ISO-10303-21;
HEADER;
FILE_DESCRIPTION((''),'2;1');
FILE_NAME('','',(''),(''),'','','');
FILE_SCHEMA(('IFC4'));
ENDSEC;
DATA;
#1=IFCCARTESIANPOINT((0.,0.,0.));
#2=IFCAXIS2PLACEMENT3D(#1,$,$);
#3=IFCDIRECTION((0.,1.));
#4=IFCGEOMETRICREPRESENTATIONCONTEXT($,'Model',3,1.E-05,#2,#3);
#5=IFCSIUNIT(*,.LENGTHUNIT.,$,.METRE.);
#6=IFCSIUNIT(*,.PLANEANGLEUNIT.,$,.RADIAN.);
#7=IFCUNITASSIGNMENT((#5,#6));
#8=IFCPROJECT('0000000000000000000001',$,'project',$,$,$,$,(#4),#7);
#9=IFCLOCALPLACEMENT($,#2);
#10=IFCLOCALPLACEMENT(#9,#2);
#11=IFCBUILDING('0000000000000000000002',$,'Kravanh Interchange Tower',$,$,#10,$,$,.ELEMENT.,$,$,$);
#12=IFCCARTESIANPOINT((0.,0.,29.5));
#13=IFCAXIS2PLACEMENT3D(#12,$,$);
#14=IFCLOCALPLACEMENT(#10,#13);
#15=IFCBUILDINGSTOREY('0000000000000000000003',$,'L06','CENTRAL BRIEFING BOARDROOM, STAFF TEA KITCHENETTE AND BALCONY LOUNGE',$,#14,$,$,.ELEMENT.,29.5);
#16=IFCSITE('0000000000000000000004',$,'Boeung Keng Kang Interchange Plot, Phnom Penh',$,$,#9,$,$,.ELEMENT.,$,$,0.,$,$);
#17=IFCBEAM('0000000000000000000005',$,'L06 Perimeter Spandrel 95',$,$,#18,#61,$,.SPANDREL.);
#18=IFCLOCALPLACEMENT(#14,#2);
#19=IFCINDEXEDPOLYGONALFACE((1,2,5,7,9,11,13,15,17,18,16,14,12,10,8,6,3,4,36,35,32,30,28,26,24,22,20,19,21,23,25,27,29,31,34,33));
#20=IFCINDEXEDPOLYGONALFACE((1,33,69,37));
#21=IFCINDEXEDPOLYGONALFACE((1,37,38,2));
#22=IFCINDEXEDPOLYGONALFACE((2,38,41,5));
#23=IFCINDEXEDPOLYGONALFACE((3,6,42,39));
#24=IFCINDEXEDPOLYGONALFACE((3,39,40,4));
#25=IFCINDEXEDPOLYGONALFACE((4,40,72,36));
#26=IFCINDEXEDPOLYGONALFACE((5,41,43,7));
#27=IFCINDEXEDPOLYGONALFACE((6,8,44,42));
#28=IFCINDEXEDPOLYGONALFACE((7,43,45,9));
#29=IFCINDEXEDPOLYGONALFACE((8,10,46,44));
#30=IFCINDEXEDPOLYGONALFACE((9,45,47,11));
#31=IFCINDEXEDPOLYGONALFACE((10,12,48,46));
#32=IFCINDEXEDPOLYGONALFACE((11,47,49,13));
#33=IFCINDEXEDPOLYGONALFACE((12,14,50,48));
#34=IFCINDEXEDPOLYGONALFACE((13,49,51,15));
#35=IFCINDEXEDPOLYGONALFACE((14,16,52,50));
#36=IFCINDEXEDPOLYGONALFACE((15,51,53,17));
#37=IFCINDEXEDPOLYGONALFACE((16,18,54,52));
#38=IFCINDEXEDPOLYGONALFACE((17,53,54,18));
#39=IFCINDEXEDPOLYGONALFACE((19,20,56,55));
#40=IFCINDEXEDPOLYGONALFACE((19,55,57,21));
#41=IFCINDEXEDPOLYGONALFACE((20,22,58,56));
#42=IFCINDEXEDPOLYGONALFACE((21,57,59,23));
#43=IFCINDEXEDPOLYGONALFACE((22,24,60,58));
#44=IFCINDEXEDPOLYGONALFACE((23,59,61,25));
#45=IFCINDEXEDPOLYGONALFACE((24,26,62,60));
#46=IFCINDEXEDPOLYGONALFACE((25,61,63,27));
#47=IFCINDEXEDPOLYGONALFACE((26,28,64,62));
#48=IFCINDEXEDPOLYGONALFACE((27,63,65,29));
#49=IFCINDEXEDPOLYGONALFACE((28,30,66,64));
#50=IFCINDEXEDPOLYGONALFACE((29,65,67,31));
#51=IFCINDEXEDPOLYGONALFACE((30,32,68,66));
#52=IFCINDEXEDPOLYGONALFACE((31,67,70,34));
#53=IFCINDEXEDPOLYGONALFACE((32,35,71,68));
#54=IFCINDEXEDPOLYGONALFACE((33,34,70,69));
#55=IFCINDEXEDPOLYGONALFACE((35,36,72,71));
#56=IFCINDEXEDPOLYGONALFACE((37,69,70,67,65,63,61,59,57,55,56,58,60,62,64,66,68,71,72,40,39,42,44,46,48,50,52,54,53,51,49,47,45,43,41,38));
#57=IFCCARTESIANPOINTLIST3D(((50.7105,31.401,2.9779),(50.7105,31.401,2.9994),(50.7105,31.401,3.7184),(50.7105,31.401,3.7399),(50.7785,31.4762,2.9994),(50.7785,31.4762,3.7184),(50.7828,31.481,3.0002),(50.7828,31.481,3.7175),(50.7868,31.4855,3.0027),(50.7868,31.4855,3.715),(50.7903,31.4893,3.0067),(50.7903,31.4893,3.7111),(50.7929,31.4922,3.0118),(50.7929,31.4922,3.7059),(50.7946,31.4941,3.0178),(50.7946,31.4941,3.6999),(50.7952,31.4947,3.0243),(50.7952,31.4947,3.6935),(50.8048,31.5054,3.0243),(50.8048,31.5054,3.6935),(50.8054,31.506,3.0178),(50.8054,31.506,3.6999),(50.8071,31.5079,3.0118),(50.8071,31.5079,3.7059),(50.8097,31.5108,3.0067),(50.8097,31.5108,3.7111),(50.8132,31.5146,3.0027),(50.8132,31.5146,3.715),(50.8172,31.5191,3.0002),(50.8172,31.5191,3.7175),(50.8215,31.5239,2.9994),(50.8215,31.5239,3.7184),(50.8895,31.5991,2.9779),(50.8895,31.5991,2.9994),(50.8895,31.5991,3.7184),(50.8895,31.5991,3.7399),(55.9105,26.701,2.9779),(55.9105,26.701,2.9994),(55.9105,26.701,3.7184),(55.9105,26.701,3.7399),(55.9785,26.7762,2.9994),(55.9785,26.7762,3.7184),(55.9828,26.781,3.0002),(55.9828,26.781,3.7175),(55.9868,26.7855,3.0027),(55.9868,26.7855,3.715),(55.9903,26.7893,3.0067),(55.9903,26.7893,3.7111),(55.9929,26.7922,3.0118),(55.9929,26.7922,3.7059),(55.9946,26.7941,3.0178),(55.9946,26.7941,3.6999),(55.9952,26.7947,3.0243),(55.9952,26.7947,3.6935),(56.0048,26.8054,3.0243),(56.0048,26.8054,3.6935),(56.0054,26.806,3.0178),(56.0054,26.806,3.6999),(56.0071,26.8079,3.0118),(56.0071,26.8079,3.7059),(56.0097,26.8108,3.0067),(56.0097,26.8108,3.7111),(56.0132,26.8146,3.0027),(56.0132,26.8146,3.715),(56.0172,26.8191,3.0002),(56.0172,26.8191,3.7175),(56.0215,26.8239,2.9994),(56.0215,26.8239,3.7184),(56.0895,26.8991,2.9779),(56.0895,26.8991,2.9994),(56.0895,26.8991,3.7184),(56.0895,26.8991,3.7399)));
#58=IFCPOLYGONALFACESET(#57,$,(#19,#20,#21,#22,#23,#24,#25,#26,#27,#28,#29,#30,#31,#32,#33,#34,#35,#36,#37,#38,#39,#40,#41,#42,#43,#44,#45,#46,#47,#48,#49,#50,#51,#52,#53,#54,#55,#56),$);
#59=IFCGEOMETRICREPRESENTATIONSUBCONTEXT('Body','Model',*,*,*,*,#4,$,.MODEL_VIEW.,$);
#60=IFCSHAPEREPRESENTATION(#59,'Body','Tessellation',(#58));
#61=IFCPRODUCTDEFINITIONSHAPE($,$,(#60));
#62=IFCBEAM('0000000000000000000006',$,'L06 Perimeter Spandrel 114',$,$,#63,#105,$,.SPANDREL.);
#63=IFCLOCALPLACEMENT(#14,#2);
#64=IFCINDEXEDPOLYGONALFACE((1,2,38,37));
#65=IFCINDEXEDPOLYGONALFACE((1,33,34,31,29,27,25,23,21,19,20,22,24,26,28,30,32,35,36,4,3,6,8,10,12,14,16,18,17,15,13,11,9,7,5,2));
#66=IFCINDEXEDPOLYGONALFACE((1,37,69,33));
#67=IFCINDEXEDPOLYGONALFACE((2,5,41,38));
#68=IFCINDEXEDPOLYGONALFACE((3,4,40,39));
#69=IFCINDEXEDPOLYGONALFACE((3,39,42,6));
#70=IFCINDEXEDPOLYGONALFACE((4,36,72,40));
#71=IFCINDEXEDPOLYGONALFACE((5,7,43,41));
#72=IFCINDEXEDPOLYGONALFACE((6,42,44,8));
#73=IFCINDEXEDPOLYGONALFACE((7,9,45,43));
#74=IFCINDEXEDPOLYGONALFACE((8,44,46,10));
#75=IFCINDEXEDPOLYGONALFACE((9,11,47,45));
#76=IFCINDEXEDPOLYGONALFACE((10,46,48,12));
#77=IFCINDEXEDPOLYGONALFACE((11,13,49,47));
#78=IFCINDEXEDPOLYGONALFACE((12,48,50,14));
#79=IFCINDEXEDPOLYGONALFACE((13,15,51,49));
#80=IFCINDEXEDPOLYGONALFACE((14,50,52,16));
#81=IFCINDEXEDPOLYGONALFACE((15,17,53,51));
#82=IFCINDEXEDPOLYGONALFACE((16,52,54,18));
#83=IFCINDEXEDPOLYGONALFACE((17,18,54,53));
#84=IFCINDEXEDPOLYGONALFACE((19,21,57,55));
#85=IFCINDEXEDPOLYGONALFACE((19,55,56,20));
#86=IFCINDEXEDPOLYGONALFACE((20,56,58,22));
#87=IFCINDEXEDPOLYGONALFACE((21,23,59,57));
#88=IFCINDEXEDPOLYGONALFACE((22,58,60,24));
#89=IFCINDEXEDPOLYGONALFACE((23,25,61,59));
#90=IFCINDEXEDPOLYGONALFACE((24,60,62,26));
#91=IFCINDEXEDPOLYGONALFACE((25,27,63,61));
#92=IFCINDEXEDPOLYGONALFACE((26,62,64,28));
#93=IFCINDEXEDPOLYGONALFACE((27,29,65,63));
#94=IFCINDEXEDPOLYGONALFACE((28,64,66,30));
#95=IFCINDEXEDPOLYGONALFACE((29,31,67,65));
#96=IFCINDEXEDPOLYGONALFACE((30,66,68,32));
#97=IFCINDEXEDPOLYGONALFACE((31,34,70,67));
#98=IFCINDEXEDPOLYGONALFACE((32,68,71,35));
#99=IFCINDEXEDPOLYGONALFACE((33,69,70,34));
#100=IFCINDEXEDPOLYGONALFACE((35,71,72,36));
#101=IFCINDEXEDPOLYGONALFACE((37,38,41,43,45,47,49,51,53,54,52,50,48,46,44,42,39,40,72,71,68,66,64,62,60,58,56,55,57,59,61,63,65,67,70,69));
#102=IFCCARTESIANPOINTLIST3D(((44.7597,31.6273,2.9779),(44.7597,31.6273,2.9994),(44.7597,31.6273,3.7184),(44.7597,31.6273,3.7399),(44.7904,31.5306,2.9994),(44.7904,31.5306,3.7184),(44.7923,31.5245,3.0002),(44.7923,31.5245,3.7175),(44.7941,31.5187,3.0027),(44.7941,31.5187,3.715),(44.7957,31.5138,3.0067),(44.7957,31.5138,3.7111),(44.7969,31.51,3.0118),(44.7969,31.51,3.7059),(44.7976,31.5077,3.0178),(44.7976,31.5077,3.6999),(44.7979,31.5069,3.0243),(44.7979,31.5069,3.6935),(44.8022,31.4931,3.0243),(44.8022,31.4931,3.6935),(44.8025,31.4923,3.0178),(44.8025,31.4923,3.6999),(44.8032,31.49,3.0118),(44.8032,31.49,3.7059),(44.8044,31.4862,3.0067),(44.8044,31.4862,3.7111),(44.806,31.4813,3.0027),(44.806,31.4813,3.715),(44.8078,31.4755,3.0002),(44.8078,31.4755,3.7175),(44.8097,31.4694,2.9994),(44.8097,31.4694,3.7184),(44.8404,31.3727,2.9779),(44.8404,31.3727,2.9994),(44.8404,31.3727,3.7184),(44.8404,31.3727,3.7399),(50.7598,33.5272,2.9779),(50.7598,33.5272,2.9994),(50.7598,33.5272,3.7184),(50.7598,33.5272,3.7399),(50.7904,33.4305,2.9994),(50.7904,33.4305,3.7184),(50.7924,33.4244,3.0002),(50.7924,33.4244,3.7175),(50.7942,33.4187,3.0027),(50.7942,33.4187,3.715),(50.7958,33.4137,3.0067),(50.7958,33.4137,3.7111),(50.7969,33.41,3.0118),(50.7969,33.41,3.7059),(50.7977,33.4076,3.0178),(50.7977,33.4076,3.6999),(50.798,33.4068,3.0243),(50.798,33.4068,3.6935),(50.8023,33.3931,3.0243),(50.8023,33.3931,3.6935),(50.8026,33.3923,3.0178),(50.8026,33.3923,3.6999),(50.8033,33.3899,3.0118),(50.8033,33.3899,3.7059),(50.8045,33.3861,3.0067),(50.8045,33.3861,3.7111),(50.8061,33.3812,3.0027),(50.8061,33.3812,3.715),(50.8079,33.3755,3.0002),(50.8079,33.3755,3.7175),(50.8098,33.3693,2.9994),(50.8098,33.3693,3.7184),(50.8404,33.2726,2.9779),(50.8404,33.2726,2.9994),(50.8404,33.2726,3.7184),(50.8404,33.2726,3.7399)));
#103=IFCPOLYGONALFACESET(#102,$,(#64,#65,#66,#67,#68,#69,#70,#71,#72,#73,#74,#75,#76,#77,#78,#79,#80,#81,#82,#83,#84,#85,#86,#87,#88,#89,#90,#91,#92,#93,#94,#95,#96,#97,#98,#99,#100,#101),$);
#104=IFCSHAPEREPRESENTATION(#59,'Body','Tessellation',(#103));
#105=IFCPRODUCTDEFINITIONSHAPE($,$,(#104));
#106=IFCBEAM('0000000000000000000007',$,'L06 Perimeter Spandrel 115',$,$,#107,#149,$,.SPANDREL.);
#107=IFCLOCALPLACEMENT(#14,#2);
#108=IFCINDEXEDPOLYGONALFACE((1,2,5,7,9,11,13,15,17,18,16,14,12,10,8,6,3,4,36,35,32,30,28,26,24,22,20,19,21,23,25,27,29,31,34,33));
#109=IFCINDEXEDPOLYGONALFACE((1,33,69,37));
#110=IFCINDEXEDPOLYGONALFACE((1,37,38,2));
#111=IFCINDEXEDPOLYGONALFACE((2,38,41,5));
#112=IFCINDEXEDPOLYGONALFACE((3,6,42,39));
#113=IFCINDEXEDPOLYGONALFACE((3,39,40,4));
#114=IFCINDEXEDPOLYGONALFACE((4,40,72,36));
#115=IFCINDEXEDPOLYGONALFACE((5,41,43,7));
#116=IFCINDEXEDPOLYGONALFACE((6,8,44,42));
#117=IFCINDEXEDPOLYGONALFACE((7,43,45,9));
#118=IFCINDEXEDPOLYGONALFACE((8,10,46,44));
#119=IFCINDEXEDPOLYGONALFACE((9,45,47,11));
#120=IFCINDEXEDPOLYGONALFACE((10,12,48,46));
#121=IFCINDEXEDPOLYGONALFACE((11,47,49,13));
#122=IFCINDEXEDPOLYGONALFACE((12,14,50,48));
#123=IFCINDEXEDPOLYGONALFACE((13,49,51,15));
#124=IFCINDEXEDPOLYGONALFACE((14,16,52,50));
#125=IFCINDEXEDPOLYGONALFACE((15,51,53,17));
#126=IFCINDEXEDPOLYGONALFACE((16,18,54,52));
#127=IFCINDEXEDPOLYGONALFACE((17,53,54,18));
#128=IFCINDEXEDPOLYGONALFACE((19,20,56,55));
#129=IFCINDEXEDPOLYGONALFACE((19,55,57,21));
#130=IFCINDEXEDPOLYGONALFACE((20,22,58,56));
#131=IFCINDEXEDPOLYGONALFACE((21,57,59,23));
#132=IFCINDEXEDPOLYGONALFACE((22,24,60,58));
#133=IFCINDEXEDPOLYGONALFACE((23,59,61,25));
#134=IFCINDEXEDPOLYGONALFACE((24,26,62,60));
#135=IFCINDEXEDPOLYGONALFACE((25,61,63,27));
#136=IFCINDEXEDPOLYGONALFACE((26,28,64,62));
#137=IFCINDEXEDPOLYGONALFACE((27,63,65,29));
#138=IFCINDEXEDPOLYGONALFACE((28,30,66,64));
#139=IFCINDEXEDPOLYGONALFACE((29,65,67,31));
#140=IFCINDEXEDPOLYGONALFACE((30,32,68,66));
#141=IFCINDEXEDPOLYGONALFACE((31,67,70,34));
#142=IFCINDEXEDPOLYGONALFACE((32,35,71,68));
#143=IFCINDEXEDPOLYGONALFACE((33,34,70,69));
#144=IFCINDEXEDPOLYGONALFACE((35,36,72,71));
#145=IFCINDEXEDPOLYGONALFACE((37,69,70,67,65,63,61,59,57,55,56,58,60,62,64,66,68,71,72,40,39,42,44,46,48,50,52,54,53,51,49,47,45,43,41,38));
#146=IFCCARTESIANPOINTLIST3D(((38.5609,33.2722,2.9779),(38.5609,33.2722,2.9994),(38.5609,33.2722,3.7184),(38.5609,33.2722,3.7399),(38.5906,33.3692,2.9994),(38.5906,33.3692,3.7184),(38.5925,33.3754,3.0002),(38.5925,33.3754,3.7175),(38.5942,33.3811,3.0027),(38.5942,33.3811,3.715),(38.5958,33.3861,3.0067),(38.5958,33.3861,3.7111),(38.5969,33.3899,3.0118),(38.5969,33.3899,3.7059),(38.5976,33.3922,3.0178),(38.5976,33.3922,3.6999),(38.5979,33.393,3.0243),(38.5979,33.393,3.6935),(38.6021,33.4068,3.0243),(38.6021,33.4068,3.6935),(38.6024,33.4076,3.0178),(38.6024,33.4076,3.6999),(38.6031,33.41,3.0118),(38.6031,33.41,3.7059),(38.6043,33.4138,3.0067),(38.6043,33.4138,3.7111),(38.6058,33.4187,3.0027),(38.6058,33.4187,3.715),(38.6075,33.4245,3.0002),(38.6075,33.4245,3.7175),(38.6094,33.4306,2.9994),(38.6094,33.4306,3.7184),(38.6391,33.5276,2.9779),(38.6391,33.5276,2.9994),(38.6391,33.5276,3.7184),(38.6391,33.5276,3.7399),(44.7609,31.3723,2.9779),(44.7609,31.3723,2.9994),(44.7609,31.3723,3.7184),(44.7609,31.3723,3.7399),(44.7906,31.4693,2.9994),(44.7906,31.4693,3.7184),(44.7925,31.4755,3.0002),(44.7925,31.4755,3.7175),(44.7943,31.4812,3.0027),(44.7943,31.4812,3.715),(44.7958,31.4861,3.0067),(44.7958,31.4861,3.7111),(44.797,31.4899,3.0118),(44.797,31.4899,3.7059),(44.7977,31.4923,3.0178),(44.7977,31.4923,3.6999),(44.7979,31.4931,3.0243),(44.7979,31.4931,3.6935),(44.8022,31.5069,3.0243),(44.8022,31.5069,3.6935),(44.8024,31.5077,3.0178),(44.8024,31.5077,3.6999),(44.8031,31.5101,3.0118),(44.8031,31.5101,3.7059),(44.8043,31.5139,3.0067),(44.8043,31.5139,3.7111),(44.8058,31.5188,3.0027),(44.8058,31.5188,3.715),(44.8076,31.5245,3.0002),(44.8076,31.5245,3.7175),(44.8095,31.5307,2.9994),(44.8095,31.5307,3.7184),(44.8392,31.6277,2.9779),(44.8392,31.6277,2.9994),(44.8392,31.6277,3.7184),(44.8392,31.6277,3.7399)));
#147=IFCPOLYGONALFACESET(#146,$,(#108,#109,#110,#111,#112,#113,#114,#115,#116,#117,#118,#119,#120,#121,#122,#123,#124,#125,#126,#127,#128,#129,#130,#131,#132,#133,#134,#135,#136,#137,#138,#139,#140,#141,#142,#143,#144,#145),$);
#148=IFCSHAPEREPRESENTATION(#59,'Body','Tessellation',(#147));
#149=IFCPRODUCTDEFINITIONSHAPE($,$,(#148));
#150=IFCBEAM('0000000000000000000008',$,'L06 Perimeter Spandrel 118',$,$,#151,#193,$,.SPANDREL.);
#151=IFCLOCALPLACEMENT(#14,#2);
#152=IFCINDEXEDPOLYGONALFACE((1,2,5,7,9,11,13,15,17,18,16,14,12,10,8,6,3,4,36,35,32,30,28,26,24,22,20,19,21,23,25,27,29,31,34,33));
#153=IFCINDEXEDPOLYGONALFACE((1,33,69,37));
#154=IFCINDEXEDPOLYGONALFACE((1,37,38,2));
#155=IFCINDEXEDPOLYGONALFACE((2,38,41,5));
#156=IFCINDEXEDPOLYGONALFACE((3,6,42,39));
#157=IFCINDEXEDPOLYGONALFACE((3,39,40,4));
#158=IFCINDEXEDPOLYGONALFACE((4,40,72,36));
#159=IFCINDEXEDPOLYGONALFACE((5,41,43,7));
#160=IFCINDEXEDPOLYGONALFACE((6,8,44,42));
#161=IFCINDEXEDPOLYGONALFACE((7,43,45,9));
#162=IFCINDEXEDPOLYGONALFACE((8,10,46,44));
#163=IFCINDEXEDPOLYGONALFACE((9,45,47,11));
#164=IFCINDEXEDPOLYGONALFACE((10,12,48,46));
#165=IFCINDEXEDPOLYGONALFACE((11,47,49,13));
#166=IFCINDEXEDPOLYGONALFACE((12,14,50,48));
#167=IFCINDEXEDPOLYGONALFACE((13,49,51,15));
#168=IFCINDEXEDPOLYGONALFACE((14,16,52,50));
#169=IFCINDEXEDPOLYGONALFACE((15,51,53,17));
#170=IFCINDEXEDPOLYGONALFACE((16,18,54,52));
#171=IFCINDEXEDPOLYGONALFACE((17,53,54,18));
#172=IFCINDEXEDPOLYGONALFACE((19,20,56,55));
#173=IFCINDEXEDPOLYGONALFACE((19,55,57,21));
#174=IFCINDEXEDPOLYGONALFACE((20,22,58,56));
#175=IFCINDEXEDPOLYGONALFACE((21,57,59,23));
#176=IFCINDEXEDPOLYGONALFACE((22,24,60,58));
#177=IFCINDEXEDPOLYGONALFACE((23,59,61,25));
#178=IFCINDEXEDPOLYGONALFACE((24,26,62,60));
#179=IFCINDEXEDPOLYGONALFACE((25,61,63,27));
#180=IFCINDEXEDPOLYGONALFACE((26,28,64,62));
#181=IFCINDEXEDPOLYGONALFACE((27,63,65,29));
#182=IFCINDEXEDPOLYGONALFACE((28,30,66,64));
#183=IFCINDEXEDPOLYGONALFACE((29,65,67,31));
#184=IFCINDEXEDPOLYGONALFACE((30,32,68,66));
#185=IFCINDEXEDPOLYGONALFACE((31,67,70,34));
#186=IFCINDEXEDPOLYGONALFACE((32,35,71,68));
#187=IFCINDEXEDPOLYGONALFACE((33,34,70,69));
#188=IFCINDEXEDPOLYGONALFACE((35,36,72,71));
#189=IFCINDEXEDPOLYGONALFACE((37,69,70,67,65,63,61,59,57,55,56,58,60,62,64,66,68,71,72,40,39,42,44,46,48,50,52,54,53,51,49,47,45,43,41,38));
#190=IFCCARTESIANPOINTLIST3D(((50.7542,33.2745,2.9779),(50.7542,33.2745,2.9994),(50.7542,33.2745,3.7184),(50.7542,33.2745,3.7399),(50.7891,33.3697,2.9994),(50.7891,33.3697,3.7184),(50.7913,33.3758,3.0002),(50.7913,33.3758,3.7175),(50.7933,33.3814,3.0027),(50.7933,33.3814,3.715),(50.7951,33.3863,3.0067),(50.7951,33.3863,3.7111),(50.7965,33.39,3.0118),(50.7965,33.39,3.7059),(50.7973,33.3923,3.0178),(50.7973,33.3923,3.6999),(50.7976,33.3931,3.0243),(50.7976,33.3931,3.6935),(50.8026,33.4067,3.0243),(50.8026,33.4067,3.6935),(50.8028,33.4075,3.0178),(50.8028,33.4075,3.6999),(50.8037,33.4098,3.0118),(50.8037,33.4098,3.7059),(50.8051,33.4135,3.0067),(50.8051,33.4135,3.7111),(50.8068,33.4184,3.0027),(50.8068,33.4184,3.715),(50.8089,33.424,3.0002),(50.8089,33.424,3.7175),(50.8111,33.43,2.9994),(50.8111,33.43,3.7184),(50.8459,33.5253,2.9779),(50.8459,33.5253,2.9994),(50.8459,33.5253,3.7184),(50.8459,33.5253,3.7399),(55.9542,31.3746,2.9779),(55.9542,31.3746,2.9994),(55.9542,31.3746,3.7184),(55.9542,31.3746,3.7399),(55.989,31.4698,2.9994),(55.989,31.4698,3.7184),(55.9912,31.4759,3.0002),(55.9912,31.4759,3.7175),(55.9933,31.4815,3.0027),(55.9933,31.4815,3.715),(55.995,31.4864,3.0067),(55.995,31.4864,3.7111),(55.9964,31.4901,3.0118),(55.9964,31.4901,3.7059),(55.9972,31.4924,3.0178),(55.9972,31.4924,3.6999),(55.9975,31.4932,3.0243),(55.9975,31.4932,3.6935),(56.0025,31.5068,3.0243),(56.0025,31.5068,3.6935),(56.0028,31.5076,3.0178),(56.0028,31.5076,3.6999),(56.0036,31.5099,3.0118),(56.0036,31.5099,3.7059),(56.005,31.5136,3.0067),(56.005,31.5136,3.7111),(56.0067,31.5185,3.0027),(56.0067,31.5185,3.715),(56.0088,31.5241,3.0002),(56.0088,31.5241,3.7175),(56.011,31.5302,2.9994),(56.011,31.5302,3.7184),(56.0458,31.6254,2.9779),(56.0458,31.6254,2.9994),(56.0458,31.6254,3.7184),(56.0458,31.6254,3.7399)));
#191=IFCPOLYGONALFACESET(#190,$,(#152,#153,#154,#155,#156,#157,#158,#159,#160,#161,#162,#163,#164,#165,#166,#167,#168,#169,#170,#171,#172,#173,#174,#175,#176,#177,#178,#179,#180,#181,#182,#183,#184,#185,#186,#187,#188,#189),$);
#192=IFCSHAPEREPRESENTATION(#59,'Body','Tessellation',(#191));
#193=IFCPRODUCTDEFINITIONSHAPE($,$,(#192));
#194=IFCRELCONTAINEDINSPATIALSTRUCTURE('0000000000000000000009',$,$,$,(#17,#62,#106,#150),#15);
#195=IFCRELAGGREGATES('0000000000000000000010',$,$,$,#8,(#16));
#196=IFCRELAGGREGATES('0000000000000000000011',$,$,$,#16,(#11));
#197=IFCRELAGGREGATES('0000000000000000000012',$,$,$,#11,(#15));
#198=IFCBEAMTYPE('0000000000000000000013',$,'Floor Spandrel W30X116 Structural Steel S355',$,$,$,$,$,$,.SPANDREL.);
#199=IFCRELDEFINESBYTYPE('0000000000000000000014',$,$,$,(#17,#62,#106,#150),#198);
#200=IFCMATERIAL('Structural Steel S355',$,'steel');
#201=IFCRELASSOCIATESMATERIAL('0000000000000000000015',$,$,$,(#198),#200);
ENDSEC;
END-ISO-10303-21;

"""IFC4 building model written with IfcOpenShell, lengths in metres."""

from ifc_helpers import new_model, si_unit, direction, frame, origin, origin_2d, place, context, subcontext, project, spatial, i_section, extrude, material, material_profile, profile_set, type_object, element, save


model = new_model("IFC4")

# Units and contexts
model_context = context("Model", 3, precision=1e-05, world=origin(), true_north=direction((0.0, 1.0)))
body_context = subcontext(model_context, "Body", "Model", "MODEL_VIEW")
ifc_project = project(units=[si_unit("LENGTHUNIT", "METRE"), si_unit("PLANEANGLEUNIT", "RADIAN")], contexts=[model_context])

# Site, building, storey
site_placement = place(None, origin())
site = spatial("IfcSite", under=ifc_project, at=site_placement, Name="Boeung Keng Kang Interchange Plot, Phnom Penh", CompositionType="ELEMENT", RefElevation=0.0)
building_placement = place(site_placement, origin())
building = spatial("IfcBuilding", under=site, at=building_placement, Name="Kravanh Interchange Tower", CompositionType="ELEMENT")
storey_placement = place(building_placement, frame((0.0, 0.0, 29.5)))
storey = spatial("IfcBuildingStorey", under=building, at=storey_placement, Name="L06", Description="CENTRAL BRIEFING BOARDROOM, STAFF TEA KITCHENETTE AND BALCONY LOUNGE", CompositionType="ELEMENT", Elevation=29.5)

# Beams
ifc_material_1 = material(Name="Structural Steel S355", Category="steel")
ifc_material_profile_1 = material_profile(ifc_material_1, i_section(OverallWidth=0.2671, OverallDepth=0.762, WebThickness=0.0144, FlangeThickness=0.0215, FilletRadius=0.0249, at=origin_2d()), Name="W30X116")
ifc_profile_set_1 = profile_set([ifc_material_profile_1], Name="Structural Steel S355")
beam_type_1 = type_object("IfcBeamType", Name="Floor Spandrel W30X116 Structural Steel S355", PredefinedType="SPANDREL", material=ifc_profile_set_1)
beam_1_placement = place(storey_placement, frame((56.0, 26.8, 3.3589), z_axis=(-0.741874, 0.670539, 0.0), x_axis=(-0.670539, -0.741874, 0.0)))
element("IfcBeam", 1, at=beam_1_placement, inside=storey, type_object=beam_type_1, Name="L06 Perimeter Spandrel 95", PredefinedType="SPANDREL", context=body_context, shape_type="SweptSolid", body=[
    extrude(i_section(OverallWidth=0.2671, OverallDepth=0.762, WebThickness=0.0144, FlangeThickness=0.0215, FilletRadius=0.0249, at=origin_2d()), origin(), (0.0, 0.0, 1.0), 7.0093),
])
beam_2_placement = place(storey_placement, frame((44.8, 31.5, 3.3589), z_axis=(0.953347, 0.301878, 0.0), x_axis=(-0.301878, 0.953347, 0.0)))
element("IfcBeam", 2, at=beam_2_placement, inside=storey, type_object=beam_type_1, Name="L06 Perimeter Spandrel 114", PredefinedType="SPANDREL", context=body_context, shape_type="SweptSolid", body=[
    extrude(i_section(OverallWidth=0.2671, OverallDepth=0.762, WebThickness=0.0144, FlangeThickness=0.0215, FilletRadius=0.0249, at=origin_2d()), origin(), (0.0, 0.0, 1.0), 6.2937),
])
beam_3_placement = place(storey_placement, frame((44.8, 31.5, 3.3589), z_axis=(-0.956115, 0.29299, 0.0), x_axis=(-0.29299, -0.956115, 0.0)))
element("IfcBeam", 3, at=beam_3_placement, inside=storey, type_object=beam_type_1, Name="L06 Perimeter Spandrel 115", PredefinedType="SPANDREL", context=body_context, shape_type="SweptSolid", body=[
    extrude(i_section(OverallWidth=0.2671, OverallDepth=0.762, WebThickness=0.0144, FlangeThickness=0.0215, FilletRadius=0.0249, at=origin_2d()), origin(), (0.0, 0.0, 1.0), 6.4846),
])
beam_4_placement = place(storey_placement, frame((56.0, 31.5, 3.3589), z_axis=(-0.93927, 0.34318, 0.0), x_axis=(-0.34318, -0.93927, 0.0)))
element("IfcBeam", 4, at=beam_4_placement, inside=storey, type_object=beam_type_1, Name="L06 Perimeter Spandrel 118", PredefinedType="SPANDREL", context=body_context, shape_type="SweptSolid", body=[
    extrude(i_section(OverallWidth=0.2671, OverallDepth=0.762, WebThickness=0.0144, FlangeThickness=0.0215, FilletRadius=0.0249, at=origin_2d()), origin(), (0.0, 0.0, 1.0), 5.5361),
])

save(model, "model.ifc")
